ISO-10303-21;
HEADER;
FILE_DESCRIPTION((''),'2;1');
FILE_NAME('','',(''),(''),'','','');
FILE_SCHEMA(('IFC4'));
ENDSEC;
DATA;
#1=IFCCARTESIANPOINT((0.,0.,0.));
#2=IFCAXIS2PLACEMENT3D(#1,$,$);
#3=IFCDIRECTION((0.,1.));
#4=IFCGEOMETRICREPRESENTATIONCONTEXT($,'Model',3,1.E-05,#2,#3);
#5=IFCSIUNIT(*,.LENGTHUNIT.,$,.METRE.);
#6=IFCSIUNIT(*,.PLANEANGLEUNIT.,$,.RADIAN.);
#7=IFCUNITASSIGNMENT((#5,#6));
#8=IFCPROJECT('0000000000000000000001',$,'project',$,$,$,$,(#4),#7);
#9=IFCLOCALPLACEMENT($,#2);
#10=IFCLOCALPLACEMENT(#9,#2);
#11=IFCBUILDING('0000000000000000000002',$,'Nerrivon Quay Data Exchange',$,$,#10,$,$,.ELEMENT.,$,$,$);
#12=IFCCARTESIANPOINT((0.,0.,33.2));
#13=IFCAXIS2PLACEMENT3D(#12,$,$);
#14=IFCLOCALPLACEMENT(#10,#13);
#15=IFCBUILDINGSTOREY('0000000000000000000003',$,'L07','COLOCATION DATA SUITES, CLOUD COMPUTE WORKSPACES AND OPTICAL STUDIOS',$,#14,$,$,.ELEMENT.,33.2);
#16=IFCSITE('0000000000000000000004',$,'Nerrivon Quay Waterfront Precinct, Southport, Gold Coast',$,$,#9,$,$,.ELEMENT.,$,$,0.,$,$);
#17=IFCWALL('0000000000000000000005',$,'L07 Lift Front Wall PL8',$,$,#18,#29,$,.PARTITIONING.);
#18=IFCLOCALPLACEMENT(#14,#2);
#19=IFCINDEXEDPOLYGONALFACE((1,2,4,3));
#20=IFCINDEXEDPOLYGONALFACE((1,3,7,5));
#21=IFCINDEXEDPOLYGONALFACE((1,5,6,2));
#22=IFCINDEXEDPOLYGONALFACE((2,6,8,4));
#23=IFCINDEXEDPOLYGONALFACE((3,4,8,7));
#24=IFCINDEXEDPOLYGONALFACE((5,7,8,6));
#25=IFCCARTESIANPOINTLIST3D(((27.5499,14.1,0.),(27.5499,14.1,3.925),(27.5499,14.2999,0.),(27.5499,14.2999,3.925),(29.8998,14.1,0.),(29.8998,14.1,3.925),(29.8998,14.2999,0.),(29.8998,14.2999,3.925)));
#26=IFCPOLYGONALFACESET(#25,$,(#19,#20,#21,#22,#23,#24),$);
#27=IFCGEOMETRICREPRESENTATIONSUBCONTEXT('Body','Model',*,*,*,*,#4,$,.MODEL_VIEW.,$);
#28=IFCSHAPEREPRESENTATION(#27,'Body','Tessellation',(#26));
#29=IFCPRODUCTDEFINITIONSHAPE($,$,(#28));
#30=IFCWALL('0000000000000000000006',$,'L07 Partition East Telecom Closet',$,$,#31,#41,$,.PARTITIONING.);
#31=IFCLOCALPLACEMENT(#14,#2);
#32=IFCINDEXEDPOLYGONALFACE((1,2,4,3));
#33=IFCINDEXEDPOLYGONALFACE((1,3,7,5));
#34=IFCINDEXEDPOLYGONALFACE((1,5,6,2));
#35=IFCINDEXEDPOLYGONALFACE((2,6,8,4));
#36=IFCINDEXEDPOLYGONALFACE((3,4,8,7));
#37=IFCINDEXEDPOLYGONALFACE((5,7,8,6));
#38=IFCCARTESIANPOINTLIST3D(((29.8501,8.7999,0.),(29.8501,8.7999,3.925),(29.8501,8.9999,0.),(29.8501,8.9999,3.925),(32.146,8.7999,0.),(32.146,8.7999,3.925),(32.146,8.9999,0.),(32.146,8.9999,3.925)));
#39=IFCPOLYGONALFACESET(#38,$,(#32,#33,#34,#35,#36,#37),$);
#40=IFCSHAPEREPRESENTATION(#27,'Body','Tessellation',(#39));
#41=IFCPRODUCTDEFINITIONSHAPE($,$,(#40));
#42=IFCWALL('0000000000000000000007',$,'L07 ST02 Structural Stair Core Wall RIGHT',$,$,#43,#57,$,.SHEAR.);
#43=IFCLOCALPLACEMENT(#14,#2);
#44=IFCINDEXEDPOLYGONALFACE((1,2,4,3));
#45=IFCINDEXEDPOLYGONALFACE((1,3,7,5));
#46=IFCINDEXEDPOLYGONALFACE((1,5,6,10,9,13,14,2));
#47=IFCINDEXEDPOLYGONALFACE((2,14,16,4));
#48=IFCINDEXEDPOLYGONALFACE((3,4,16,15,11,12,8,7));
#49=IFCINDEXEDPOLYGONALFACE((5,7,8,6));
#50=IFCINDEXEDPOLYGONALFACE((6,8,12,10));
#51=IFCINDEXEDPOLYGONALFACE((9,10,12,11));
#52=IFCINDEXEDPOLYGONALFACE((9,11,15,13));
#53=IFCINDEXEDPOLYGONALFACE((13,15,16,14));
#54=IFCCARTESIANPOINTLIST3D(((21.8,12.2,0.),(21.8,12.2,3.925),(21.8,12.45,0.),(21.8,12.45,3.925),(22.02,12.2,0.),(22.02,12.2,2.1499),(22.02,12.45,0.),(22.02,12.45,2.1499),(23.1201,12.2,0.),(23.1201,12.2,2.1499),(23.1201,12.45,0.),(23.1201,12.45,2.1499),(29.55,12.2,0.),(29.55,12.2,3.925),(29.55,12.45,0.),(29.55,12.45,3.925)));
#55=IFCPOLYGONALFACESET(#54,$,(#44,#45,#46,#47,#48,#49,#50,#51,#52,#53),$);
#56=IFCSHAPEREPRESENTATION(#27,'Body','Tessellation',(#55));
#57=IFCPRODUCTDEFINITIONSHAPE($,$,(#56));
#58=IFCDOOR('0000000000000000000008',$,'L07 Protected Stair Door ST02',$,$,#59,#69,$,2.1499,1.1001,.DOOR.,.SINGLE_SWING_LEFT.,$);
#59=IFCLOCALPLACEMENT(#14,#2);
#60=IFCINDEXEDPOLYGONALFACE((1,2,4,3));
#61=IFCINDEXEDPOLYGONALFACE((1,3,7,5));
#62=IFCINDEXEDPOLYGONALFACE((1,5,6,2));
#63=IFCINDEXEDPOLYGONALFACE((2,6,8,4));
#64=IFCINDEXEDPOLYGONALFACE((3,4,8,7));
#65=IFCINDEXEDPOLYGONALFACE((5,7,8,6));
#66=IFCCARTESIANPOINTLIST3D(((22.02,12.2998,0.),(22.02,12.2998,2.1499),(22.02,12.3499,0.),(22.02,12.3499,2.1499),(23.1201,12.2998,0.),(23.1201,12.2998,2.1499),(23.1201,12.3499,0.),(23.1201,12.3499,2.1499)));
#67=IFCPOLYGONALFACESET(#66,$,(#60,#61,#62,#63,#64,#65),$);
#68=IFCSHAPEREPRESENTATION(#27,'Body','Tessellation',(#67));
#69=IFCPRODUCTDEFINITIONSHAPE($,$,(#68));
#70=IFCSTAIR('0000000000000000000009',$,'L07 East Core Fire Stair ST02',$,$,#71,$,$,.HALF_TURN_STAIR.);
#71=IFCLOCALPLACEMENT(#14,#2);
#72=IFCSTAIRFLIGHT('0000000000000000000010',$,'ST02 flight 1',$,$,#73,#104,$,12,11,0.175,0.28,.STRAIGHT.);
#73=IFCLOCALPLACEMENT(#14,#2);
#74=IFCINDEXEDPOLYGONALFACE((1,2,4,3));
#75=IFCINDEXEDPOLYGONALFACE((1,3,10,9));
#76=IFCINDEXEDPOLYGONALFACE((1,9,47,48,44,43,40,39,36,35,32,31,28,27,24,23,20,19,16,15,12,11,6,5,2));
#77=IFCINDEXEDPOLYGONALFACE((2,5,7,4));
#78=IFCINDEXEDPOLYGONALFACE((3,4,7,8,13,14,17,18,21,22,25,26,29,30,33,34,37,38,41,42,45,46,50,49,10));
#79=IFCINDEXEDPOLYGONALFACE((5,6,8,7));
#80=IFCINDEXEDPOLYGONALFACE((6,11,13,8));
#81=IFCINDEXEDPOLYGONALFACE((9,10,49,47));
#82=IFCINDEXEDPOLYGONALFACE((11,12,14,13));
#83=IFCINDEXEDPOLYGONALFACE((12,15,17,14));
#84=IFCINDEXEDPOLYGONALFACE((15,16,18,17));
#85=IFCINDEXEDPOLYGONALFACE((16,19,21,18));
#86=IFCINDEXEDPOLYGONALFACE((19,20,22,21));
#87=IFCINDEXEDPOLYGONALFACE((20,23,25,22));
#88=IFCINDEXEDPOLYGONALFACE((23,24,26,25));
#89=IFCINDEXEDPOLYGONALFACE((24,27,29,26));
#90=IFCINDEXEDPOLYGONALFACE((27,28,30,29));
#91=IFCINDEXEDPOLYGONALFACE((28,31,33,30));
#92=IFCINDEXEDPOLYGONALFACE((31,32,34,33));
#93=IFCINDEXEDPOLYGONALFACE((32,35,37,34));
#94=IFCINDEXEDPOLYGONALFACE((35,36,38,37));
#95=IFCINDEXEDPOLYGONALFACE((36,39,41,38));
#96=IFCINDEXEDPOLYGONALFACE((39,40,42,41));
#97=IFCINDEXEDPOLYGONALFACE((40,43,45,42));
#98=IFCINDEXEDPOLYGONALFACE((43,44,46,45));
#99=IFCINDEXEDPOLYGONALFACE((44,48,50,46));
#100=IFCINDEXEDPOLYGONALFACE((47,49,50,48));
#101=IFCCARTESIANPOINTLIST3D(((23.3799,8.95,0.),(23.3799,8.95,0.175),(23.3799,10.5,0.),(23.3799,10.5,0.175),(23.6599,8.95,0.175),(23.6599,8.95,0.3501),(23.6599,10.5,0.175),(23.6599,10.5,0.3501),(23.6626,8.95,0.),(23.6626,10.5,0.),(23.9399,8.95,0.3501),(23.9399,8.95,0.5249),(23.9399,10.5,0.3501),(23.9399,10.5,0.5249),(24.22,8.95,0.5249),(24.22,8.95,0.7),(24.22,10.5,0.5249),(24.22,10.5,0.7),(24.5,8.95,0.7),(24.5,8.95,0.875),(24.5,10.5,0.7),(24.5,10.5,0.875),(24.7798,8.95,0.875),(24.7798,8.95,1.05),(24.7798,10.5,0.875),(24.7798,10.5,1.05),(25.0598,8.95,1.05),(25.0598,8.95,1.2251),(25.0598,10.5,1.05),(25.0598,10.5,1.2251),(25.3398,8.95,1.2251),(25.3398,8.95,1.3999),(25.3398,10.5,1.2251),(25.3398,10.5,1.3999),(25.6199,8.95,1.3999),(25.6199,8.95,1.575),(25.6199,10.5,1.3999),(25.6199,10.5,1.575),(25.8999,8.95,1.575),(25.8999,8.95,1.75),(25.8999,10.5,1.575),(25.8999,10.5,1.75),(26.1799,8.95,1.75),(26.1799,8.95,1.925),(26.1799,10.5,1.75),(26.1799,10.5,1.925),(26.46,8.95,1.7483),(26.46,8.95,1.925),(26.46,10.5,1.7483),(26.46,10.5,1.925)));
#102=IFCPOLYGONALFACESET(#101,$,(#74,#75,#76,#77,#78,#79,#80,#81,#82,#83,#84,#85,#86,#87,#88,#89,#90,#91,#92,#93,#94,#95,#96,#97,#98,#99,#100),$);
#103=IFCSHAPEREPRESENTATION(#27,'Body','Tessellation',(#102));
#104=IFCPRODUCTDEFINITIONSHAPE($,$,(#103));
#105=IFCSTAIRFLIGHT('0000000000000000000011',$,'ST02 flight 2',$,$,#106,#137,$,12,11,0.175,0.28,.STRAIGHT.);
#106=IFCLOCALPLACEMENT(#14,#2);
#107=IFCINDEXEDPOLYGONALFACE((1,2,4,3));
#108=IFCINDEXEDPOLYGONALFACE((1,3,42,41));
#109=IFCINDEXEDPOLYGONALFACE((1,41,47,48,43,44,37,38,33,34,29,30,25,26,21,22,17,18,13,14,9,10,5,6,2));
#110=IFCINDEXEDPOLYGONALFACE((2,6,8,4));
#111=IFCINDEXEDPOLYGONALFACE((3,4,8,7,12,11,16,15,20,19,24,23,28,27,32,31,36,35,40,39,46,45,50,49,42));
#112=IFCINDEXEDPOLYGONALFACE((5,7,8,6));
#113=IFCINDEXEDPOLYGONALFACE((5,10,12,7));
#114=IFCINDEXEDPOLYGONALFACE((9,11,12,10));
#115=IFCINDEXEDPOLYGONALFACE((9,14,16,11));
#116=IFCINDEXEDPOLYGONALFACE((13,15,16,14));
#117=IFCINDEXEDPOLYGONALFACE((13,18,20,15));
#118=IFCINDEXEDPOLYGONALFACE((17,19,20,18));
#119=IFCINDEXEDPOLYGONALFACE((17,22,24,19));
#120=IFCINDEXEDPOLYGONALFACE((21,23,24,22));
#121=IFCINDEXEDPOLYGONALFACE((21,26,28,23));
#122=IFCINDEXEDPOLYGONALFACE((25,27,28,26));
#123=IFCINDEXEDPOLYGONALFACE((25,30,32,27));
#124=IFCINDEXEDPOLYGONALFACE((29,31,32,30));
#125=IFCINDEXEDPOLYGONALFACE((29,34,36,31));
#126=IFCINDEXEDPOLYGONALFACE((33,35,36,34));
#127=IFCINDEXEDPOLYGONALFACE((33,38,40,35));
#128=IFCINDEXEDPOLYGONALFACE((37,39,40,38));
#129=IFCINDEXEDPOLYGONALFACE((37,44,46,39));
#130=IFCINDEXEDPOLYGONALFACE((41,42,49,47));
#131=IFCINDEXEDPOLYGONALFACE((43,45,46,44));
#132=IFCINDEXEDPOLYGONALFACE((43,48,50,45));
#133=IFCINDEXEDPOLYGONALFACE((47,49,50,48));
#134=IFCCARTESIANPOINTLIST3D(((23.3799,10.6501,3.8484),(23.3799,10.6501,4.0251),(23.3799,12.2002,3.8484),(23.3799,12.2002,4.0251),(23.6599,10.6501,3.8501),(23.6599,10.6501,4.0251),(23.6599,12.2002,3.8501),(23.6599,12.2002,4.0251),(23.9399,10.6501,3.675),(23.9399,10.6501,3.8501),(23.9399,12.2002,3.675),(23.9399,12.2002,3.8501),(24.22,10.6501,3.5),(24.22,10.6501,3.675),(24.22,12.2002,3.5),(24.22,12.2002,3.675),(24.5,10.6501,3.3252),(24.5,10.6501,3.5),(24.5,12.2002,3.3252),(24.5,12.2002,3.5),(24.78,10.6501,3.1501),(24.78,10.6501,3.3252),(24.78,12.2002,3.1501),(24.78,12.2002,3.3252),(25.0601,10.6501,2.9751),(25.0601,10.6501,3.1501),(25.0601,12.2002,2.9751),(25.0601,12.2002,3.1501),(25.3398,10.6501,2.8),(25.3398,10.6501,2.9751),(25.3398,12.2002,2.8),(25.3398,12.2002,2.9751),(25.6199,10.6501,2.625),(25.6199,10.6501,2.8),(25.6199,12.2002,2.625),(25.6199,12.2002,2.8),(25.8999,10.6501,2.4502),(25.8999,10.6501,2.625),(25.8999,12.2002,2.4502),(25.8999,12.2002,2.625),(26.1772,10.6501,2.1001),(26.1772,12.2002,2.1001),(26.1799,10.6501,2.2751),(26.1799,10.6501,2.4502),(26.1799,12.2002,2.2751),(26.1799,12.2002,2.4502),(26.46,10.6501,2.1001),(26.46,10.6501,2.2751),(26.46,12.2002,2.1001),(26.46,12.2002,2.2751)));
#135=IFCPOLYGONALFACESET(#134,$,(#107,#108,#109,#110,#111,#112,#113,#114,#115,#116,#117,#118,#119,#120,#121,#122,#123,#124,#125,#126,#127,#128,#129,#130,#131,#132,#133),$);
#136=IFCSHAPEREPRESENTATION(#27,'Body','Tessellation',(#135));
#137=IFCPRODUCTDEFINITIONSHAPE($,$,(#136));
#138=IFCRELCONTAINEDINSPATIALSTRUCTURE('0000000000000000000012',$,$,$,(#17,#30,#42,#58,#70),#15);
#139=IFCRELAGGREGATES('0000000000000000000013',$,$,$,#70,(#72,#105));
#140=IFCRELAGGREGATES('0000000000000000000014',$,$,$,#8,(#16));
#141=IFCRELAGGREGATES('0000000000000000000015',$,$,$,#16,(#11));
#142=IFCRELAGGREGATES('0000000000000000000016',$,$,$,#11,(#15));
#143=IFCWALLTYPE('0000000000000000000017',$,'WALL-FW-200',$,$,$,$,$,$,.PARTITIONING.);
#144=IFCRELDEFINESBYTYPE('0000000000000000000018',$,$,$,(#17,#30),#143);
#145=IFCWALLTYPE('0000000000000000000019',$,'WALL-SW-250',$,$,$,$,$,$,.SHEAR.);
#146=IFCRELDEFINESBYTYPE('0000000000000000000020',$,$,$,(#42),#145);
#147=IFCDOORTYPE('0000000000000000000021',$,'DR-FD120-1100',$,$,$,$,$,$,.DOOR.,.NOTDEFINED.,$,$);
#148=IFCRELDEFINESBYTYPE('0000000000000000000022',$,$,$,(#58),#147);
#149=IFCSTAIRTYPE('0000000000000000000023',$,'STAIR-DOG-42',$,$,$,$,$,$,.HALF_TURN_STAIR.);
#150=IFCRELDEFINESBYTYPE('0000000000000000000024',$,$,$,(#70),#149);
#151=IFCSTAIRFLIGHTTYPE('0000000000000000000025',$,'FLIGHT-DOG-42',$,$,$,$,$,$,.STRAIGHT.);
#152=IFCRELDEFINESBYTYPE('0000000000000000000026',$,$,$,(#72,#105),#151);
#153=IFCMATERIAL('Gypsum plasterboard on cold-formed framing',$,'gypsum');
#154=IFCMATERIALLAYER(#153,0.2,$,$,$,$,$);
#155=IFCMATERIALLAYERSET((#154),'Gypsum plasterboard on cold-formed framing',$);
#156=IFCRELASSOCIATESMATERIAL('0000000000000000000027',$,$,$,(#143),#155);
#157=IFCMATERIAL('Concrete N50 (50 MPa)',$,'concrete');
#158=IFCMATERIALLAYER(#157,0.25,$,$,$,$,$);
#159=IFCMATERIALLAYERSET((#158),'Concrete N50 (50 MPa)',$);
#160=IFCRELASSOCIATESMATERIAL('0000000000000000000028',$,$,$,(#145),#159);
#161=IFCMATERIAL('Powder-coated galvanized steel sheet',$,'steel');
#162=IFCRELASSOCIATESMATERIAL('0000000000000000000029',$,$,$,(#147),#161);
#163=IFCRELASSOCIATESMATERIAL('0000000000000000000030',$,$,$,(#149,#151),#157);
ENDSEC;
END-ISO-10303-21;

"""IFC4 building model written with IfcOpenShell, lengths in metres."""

from ifc_helpers import new_model, si_unit, direction, frame, frame_2d, origin, place, context, subcontext, project, spatial, polyline, rectangle, outline, extrude, material, layer, layer_set, type_object, element, fill, aggregate, save


model = new_model("IFC4")

# Units and contexts
model_context = context("Model", 3, precision=1e-05, world=origin(), true_north=direction((0.0, 1.0)))
body_context = subcontext(model_context, "Body", "Model", "MODEL_VIEW")
ifc_project = project(units=[si_unit("LENGTHUNIT", "METRE"), si_unit("PLANEANGLEUNIT", "RADIAN")], contexts=[model_context])

# Site, building, storey
site_placement = place(None, origin())
site = spatial("IfcSite", under=ifc_project, at=site_placement, Name="Nerrivon Quay Waterfront Precinct, Southport, Gold Coast", CompositionType="ELEMENT", RefElevation=0.0)
building_placement = place(site_placement, origin())
building = spatial("IfcBuilding", under=site, at=building_placement, Name="Nerrivon Quay Data Exchange", CompositionType="ELEMENT")
storey_placement = place(building_placement, frame((0.0, 0.0, 33.2)))
storey = spatial("IfcBuildingStorey", under=building, at=storey_placement, Name="L07", Description="COLOCATION DATA SUITES, CLOUD COMPUTE WORKSPACES AND OPTICAL STUDIOS", CompositionType="ELEMENT", Elevation=33.2)

# Shared definitions
ifc_material_1 = material(Name="Gypsum plasterboard on cold-formed framing", Category="gypsum")
ifc_layer_1 = layer(ifc_material_1, 0.2)
ifc_layer_set_1 = layer_set([ifc_layer_1], Name="Gypsum plasterboard on cold-formed framing")
wall_type_1 = type_object("IfcWallType", Name="WALL-FW-200", PredefinedType="PARTITIONING", material=ifc_layer_set_1)

# Shared definitions
ifc_material_2 = material(Name="Powder-coated galvanized steel sheet", Category="steel")

# Walls
wall_1_placement = place(storey_placement, frame((27.55, 14.2, 0.0), z_axis=(0.0, 0.0, 1.0), x_axis=(1.0, 0.0, 0.0)))
element("IfcWall", 1, at=wall_1_placement, inside=storey, type_object=wall_type_1, Name="L07 Lift Front Wall PL8", PredefinedType="PARTITIONING", context=body_context, shape_type="SweptSolid", body=[
    extrude(rectangle(XDim=2.3499, YDim=0.2, at=frame_2d((1.1748, 0.0))), origin(), (0.0, 0.0, 1.0), 3.925),
])
wall_2_placement = place(storey_placement, frame((29.8501, 8.8999, 0.0), z_axis=(0.0, 0.0, 1.0), x_axis=(1.0, 0.0, 0.0)))
element("IfcWall", 2, at=wall_2_placement, inside=storey, type_object=wall_type_1, Name="L07 Partition East Telecom Closet", PredefinedType="PARTITIONING", context=body_context, shape_type="SweptSolid", body=[
    extrude(rectangle(XDim=2.2959, YDim=0.2, at=frame_2d((1.1479, 0.0))), origin(), (0.0, 0.0, 1.0), 3.925),
])

# Wall, opening, door
ifc_material_3 = material(Name="Concrete N50 (50 MPa)", Category="concrete")
ifc_layer_2 = layer(ifc_material_3, 0.25)
ifc_layer_set_2 = layer_set([ifc_layer_2], Name="Concrete N50 (50 MPa)")
wall_type_2 = type_object("IfcWallType", Name="WALL-SW-250", PredefinedType="SHEAR", material=ifc_layer_set_2)
wall_3_placement = place(storey_placement, frame((21.8, 12.325, 0.0), z_axis=(0.0, 0.0, 1.0), x_axis=(1.0, 0.0, 0.0)))
wall_3 = element("IfcWall", 3, at=wall_3_placement, inside=storey, type_object=wall_type_2, Name="L07 ST02 Structural Stair Core Wall RIGHT", PredefinedType="SHEAR", context=body_context, shape_type="SweptSolid", body=[
    extrude(rectangle(XDim=7.75, YDim=0.25, at=frame_2d((3.875, 0.0))), origin(), (0.0, 0.0, 1.0), 3.925),
])
opening_1_placement = place(wall_3_placement, frame((0.22, 0.0, 0.0)))
opening_1 = element("IfcOpeningElement", 4, at=opening_1_placement, cuts=wall_3, PredefinedType="OPENING", context=body_context, shape_type="SweptSolid", body=[
    extrude(rectangle(XDim=1.1001, YDim=2.1499, at=frame_2d((0.55, 1.075))), frame((0.0, 0.135, 0.0), z_axis=(0.0, -1.0, 0.0), x_axis=(1.0, 0.0, 0.0)), (0.0, 0.0, 1.0), 0.27),
])
door_type_1 = type_object("IfcDoorType", Name="DR-FD120-1100", OperationType="NOTDEFINED", PredefinedType="DOOR", material=ifc_material_2)
door_1_placement = place(opening_1_placement, origin())
door_1 = element("IfcDoor", 5, at=door_1_placement, inside=storey, type_object=door_type_1, Name="L07 Protected Stair Door ST02", OperationType="SINGLE_SWING_LEFT", OverallHeight=2.1499, OverallWidth=1.1001, PredefinedType="DOOR", context=body_context, shape_type="SweptSolid", body=[
    extrude(rectangle(XDim=1.1001, YDim=2.1499, at=frame_2d((0.55, 1.075))), frame((0.0, 0.0249, 0.0), z_axis=(0.0, -1.0, 0.0), x_axis=(1.0, 0.0, 0.0)), (0.0, 0.0, 1.0), 0.05),
])
fill(opening_1, door_1)

# Stair, stair flights
stair_type = type_object("IfcStairType", Name="STAIR-DOG-42", PredefinedType="HALF_TURN_STAIR", material=ifc_material_3)
stair_placement = place(storey_placement, origin())
stair = element("IfcStair", 6, at=stair_placement, inside=storey, type_object=stair_type, Name="L07 East Core Fire Stair ST02", PredefinedType="HALF_TURN_STAIR")
stair_flight_type = type_object("IfcStairFlightType", Name="FLIGHT-DOG-42", PredefinedType="STRAIGHT", material=ifc_material_3)
stair_flight_1_placement = place(storey_placement, frame((23.3799, 9.7251, 0.0), z_axis=(0.0, 0.0, 1.0), x_axis=(1.0, 0.0, 0.0)))
stair_flight_1 = element("IfcStairFlight", 7, at=stair_flight_1_placement, type_object=stair_flight_type, Name="ST02 flight 1", NumberOfRisers=12, NumberOfTreads=11, PredefinedType="STRAIGHT", RiserHeight=0.175, TreadLength=0.28, context=body_context, shape_type="SweptSolid", body=[
    extrude(outline(polyline([(0.0, 0.0), (0.0, 0.175), (0.28, 0.175), (0.28, 0.3501), (0.5601, 0.3501), (0.5601, 0.5249), (0.8401, 0.5249), (0.8401, 0.7), (1.1201, 0.7), (1.1201, 0.875), (1.3999, 0.875), (1.3999, 1.05), (1.6799, 1.05), (1.6799, 1.2251), (1.96, 1.2251), (1.96, 1.3999), (2.24, 1.3999), (2.24, 1.575), (2.52, 1.575), (2.52, 1.75), (2.8, 1.75), (2.8, 1.925), (3.0801, 1.925), (3.0801, 2.1001), (3.0801, 1.7483), (0.2827, 0.0), (0.0, 0.0)])), frame((0.0, 0.7749, 0.0), z_axis=(0.0, -1.0, 0.0), x_axis=(1.0, 0.0, 0.0)), (0.0, 0.0, 1.0), 1.55),
])
stair_flight_2_placement = place(storey_placement, frame((26.46, 11.425, 2.1001), z_axis=(0.0, 0.0, 1.0), x_axis=(-1.0, 0.0, 0.0)))
stair_flight_2 = element("IfcStairFlight", 8, at=stair_flight_2_placement, type_object=stair_flight_type, Name="ST02 flight 2", NumberOfRisers=12, NumberOfTreads=11, PredefinedType="STRAIGHT", RiserHeight=0.175, TreadLength=0.28, context=body_context, shape_type="SweptSolid", body=[
    extrude(outline(polyline([(0.0, 0.0), (0.0, 0.175), (0.28, 0.175), (0.28, 0.3501), (0.5601, 0.3501), (0.5601, 0.5249), (0.8401, 0.5249), (0.8401, 0.7), (1.1201, 0.7), (1.1201, 0.875), (1.3999, 0.875), (1.3999, 1.05), (1.6799, 1.05), (1.6799, 1.2251), (1.96, 1.2251), (1.96, 1.3999), (2.24, 1.3999), (2.24, 1.575), (2.52, 1.575), (2.52, 1.75), (2.8, 1.75), (2.8, 1.925), (3.0801, 1.925), (3.0801, 2.1001), (3.0801, 1.7483), (0.2827, 0.0), (0.0, 0.0)])), frame((0.0, 0.7749, 0.0), z_axis=(0.0, -1.0, 0.0), x_axis=(1.0, 0.0, 0.0)), (0.0, 0.0, 1.0), 1.55),
])
aggregate(stair, [stair_flight_1, stair_flight_2])

save(model, "model.ifc")
